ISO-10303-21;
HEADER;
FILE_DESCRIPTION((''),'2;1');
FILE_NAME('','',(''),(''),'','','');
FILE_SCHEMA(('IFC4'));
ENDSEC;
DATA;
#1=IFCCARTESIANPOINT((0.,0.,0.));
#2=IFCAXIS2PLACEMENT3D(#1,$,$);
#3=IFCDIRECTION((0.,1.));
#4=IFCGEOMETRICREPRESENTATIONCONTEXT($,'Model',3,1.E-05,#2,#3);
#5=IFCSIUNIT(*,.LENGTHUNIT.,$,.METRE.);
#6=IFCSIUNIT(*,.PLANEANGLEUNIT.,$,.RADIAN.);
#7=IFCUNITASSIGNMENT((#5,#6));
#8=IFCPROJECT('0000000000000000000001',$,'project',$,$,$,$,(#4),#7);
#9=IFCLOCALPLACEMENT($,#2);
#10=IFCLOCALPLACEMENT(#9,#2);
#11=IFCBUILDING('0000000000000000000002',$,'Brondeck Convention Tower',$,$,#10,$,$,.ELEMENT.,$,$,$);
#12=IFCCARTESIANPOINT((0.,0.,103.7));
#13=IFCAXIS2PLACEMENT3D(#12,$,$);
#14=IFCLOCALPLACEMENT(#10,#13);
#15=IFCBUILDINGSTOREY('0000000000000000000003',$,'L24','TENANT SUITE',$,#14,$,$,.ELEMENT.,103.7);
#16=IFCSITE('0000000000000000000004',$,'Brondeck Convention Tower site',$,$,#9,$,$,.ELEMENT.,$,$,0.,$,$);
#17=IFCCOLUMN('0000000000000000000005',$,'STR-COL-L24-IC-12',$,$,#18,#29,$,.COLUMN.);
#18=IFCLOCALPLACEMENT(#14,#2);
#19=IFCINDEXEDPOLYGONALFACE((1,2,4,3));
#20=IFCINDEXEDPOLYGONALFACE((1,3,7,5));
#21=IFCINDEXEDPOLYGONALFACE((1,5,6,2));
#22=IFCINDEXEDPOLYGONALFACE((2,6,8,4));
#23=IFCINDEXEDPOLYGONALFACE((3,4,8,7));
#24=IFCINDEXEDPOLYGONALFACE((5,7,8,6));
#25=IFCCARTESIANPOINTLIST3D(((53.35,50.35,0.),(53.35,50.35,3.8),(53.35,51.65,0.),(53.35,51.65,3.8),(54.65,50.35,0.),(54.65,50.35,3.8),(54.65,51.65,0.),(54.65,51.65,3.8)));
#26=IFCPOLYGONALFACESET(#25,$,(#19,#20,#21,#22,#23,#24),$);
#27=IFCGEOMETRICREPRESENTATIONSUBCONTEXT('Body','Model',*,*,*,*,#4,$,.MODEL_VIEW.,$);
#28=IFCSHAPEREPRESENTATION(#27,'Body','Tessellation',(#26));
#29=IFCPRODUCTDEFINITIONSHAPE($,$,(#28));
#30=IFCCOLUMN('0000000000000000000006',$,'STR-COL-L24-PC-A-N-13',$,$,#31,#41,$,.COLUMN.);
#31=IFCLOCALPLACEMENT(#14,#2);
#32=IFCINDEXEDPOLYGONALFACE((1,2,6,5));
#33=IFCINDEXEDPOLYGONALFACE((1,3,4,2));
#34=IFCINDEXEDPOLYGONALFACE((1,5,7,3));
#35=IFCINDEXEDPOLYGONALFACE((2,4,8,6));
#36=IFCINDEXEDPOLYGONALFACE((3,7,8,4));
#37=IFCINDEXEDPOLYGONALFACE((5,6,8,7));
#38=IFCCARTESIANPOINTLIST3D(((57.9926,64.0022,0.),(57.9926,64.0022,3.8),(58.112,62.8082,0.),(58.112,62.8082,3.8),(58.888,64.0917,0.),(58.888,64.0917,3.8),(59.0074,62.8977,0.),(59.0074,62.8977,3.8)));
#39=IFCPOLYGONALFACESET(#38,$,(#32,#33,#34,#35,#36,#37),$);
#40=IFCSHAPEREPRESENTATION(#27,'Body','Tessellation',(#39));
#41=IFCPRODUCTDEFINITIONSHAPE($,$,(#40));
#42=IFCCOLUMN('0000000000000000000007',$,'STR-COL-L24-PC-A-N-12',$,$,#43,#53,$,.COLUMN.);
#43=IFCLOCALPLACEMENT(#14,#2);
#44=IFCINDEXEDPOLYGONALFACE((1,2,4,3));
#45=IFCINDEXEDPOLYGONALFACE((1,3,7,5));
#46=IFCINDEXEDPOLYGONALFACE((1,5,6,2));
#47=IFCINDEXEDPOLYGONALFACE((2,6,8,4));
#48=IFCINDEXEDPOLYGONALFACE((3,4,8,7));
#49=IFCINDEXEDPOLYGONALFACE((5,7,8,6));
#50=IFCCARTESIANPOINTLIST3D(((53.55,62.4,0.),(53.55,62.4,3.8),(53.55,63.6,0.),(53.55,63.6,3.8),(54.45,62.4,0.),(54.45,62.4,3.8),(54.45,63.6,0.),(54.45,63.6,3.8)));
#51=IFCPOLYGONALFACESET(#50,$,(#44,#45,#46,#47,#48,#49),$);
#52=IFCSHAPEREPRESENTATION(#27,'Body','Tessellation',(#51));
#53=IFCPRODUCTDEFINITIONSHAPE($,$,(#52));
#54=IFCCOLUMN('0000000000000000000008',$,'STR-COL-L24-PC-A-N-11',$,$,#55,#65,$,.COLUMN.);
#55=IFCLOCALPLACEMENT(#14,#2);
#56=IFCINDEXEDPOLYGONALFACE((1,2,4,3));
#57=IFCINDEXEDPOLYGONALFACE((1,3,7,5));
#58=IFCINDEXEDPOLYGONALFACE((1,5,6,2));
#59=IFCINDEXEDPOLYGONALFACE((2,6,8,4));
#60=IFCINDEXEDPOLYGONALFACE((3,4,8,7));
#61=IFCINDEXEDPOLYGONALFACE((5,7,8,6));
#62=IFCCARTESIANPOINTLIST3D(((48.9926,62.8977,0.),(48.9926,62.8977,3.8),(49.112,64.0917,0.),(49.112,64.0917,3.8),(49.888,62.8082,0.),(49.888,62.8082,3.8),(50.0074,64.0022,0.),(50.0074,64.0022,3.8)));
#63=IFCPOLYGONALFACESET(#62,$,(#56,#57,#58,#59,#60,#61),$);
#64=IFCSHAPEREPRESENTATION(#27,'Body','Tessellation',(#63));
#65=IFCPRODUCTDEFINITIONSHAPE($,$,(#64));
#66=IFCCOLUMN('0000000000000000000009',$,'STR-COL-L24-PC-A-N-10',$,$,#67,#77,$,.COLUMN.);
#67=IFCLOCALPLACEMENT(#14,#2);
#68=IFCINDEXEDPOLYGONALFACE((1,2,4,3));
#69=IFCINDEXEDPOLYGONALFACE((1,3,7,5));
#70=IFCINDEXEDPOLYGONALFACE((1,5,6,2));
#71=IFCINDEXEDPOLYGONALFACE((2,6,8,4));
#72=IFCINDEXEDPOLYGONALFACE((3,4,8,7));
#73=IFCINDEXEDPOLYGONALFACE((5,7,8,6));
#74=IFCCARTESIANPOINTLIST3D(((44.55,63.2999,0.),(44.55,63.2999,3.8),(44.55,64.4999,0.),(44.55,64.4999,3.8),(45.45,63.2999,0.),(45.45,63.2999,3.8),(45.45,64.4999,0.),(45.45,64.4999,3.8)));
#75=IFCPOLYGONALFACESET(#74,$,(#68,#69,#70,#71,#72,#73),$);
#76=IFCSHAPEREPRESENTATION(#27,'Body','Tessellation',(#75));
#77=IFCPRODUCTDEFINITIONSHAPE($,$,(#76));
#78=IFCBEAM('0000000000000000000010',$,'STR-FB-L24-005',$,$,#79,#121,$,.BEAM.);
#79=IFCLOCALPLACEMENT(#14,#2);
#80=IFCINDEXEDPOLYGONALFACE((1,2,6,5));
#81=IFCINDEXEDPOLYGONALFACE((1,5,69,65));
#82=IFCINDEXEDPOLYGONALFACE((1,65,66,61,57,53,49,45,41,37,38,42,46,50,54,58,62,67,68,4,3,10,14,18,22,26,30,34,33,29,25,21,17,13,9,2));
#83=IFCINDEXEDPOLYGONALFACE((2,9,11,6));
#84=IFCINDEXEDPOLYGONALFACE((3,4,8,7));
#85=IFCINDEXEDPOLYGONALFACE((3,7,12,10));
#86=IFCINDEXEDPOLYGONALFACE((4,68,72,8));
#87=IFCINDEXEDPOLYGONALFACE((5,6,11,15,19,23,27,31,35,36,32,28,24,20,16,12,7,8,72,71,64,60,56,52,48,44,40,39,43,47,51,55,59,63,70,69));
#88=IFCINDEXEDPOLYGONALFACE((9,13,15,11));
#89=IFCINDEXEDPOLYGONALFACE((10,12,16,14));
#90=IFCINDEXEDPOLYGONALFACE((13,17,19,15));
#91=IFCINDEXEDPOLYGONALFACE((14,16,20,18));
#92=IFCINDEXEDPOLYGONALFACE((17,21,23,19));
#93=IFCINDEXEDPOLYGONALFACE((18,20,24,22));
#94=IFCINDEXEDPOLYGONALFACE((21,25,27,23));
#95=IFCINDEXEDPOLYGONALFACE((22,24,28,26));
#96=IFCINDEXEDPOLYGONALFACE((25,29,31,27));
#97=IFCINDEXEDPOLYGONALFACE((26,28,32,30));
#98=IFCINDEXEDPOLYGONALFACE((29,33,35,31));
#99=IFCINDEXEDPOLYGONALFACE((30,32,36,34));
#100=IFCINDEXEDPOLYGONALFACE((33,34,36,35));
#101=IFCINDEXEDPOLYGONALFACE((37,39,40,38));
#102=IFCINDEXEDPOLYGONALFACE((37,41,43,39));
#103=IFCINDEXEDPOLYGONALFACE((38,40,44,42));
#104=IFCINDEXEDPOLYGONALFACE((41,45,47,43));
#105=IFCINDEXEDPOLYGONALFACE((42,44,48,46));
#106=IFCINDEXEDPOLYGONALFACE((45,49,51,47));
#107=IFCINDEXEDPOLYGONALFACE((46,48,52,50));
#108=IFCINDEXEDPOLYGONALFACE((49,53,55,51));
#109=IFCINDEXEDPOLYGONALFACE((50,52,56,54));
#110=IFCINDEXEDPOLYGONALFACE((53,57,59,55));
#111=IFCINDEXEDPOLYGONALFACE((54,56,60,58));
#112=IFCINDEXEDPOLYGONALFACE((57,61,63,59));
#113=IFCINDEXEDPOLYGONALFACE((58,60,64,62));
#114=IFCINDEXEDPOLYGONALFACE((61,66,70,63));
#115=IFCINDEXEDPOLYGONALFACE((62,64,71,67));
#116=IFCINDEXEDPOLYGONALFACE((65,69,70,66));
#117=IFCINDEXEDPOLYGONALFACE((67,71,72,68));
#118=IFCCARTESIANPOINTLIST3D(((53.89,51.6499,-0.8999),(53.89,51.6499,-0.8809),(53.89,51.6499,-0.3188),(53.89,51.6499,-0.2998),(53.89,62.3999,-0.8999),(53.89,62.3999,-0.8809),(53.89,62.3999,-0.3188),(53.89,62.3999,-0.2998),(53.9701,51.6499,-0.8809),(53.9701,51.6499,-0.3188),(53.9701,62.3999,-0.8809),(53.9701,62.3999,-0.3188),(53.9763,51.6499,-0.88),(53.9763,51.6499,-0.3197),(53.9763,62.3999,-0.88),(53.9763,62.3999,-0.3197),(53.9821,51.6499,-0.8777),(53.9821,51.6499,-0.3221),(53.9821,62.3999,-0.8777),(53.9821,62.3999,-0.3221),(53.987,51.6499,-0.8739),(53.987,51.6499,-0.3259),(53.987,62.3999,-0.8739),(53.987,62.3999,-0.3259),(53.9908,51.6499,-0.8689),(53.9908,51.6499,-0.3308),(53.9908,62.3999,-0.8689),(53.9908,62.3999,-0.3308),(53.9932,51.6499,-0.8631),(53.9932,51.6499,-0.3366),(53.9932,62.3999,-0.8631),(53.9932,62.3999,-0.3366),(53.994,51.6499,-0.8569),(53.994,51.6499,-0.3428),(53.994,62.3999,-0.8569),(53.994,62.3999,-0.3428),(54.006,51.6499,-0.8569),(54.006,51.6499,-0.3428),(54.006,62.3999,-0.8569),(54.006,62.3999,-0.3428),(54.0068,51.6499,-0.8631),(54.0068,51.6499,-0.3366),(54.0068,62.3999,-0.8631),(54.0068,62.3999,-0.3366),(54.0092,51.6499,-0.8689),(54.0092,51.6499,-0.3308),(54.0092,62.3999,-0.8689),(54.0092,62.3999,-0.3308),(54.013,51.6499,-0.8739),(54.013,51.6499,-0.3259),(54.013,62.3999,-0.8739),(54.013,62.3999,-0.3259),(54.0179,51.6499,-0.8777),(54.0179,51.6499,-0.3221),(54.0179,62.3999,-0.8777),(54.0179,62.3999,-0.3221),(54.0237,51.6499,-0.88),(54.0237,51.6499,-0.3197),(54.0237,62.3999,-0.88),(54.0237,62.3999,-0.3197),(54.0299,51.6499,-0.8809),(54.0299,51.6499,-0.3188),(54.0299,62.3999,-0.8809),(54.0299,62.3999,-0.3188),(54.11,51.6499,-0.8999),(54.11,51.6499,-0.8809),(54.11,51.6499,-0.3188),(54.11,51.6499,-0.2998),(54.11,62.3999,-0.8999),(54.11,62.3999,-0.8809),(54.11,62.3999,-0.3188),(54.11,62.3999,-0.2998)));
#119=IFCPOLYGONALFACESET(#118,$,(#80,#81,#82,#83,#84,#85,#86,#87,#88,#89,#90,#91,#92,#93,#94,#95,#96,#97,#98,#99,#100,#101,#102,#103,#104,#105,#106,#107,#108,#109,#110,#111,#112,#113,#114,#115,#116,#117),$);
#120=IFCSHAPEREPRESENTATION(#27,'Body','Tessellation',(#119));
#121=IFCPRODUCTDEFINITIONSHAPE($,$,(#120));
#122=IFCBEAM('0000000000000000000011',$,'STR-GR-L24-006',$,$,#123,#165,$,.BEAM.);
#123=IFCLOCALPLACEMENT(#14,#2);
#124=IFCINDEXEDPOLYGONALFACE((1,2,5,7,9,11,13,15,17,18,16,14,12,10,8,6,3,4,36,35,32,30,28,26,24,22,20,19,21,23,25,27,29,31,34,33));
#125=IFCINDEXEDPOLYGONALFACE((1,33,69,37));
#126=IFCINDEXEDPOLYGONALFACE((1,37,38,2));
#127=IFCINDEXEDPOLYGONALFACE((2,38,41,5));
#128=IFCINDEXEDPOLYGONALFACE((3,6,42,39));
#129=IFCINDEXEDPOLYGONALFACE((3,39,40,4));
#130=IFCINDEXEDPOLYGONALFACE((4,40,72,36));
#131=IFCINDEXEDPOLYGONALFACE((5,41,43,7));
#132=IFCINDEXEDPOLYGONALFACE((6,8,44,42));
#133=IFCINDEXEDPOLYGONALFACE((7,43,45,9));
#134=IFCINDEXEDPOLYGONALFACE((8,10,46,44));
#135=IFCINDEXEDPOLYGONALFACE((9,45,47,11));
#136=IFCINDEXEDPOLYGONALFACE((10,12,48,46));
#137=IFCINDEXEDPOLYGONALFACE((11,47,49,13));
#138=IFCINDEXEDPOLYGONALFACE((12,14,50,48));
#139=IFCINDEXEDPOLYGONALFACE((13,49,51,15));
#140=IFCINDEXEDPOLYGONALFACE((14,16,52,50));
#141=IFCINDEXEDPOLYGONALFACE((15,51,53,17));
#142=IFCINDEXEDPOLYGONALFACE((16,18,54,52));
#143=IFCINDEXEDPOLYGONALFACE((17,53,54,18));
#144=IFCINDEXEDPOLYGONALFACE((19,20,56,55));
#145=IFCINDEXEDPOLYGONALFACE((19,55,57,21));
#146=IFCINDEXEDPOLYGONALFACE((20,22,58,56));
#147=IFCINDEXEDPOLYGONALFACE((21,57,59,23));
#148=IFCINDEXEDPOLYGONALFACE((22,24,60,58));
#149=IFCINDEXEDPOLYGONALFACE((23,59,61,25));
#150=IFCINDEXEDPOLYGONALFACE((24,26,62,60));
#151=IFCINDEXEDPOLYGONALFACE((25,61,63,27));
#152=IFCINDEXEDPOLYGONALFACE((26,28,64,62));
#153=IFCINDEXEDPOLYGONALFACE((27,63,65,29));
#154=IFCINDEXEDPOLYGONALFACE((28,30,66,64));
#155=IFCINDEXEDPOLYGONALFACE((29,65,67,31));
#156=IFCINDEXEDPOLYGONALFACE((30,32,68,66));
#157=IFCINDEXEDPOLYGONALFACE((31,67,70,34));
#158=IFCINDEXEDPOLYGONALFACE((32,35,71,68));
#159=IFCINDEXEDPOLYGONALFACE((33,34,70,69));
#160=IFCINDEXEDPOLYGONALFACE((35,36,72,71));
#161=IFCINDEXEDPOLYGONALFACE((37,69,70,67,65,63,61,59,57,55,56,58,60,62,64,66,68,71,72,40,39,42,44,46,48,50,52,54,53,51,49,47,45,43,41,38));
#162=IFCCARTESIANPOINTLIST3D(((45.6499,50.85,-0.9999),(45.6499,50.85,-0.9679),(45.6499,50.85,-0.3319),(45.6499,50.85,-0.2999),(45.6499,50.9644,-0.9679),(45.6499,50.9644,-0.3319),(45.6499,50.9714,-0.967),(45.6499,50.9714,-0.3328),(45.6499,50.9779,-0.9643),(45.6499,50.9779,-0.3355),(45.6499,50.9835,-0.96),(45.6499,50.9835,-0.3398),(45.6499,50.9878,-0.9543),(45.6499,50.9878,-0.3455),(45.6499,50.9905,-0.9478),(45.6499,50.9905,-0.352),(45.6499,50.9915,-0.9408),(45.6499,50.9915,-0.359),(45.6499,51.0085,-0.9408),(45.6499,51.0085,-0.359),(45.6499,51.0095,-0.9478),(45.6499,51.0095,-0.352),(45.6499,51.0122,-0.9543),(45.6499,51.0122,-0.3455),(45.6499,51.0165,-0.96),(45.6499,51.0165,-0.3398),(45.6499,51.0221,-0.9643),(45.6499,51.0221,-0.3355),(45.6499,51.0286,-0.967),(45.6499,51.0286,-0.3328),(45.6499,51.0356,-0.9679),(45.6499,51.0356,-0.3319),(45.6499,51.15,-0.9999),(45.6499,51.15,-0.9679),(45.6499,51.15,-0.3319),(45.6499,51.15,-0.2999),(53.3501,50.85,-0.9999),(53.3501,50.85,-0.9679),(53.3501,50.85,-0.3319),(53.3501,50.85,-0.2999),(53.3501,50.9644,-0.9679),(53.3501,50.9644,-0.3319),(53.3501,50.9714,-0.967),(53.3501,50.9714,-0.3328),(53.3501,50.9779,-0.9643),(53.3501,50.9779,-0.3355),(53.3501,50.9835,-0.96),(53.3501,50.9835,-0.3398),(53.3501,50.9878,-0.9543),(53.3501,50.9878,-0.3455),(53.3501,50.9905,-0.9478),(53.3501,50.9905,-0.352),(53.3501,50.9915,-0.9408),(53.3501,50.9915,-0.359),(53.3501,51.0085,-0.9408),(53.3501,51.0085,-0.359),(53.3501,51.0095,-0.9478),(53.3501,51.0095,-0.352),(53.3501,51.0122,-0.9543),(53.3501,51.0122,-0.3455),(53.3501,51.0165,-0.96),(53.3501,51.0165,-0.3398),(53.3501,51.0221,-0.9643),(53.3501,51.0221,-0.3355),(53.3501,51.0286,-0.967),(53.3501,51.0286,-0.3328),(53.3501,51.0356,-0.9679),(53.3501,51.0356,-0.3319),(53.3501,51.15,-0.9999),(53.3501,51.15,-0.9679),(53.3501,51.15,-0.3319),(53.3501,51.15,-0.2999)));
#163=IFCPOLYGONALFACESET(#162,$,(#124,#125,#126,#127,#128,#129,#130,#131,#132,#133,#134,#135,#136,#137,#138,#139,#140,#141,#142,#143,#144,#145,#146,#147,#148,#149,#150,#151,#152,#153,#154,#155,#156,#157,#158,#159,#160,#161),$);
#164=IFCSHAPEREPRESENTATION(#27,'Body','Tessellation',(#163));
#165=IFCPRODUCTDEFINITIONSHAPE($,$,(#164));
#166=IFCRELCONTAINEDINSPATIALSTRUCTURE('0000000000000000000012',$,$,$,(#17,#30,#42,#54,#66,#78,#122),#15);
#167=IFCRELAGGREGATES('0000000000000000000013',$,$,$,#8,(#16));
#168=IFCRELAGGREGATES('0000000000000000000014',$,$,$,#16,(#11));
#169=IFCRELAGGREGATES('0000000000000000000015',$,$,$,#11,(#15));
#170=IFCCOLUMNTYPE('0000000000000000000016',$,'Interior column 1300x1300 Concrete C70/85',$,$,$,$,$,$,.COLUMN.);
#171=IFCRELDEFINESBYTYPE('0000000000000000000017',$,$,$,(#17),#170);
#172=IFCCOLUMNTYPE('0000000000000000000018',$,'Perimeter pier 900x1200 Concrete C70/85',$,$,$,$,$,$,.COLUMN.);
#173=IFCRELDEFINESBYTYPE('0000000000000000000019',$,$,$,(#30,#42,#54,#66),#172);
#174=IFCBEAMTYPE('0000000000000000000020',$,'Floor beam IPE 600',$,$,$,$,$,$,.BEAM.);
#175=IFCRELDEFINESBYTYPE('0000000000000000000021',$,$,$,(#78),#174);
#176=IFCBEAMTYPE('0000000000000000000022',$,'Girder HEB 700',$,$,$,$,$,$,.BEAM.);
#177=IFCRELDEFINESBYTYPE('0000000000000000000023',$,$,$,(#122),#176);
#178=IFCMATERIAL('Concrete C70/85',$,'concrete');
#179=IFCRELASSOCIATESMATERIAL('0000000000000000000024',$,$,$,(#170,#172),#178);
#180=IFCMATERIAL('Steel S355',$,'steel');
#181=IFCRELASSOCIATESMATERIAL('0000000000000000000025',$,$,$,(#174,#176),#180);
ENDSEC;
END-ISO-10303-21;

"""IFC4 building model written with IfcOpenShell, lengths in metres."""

from ifc_helpers import new_model, si_unit, direction, frame, origin, origin_2d, place, context, subcontext, project, spatial, rectangle, i_section, extrude, material, material_profile, profile_set, type_object, element, save


model = new_model("IFC4")

# Units and contexts
model_context = context("Model", 3, precision=1e-05, world=origin(), true_north=direction((0.0, 1.0)))
body_context = subcontext(model_context, "Body", "Model", "MODEL_VIEW")
ifc_project = project(units=[si_unit("LENGTHUNIT", "METRE"), si_unit("PLANEANGLEUNIT", "RADIAN")], contexts=[model_context])

# Site, building, storey
site_placement = place(None, origin())
site = spatial("IfcSite", under=ifc_project, at=site_placement, Name="Brondeck Convention Tower site", CompositionType="ELEMENT", RefElevation=0.0)
building_placement = place(site_placement, origin())
building = spatial("IfcBuilding", under=site, at=building_placement, Name="Brondeck Convention Tower", CompositionType="ELEMENT")
storey_placement = place(building_placement, frame((0.0, 0.0, 103.7)))
storey = spatial("IfcBuildingStorey", under=building, at=storey_placement, Name="L24", Description="TENANT SUITE", CompositionType="ELEMENT", Elevation=103.7)

# Columns
ifc_material_1 = material(Name="Concrete C70/85", Category="concrete")
ifc_material_profile_1 = material_profile(ifc_material_1, rectangle(XDim=1.3, YDim=1.3, at=origin_2d()), Name="Interior column 1300x1300 Concrete C70/85")
ifc_profile_set_1 = profile_set([ifc_material_profile_1], Name="Concrete C70/85")
column_type_1 = type_object("IfcColumnType", Name="Interior column 1300x1300 Concrete C70/85", PredefinedType="COLUMN", material=ifc_profile_set_1)
column_placement = place(storey_placement, frame((54.0, 51.0, 0.0), z_axis=(0.0, 0.0, 1.0), x_axis=(1.0, 0.0, 0.0)))
element("IfcColumn", 1, at=column_placement, inside=storey, type_object=column_type_1, Name="STR-COL-L24-IC-12", PredefinedType="COLUMN", context=body_context, shape_type="SweptSolid", body=[
    extrude(rectangle(XDim=1.3, YDim=1.3, at=origin_2d()), origin(), (0.0, 0.0, 1.0), 3.8),
])
ifc_material_profile_2 = material_profile(ifc_material_1, rectangle(XDim=0.8999, YDim=1.2, at=origin_2d()), Name="Perimeter pier 900x1200 Concrete C70/85")
ifc_profile_set_2 = profile_set([ifc_material_profile_2], Name="Concrete C70/85")
column_type_2 = type_object("IfcColumnType", Name="Perimeter pier 900x1200 Concrete C70/85", PredefinedType="COLUMN", material=ifc_profile_set_2)
for number, where, z_axis, x_axis, name in (
    (2, (58.5, 63.45, 0.0), (0.0, 0.0, 1.0), (-0.995037, -0.099504, 0.0), "STR-COL-L24-PC-A-N-13"),
    (3, (54.0, 63.0, 0.0), (0.0, 0.0, 1.0), (-1.0, 0.0, 0.0), "STR-COL-L24-PC-A-N-12"),
    (4, (49.5, 63.45, 0.0), (0.0, 0.0, 1.0), (-0.995037, 0.099504, 0.0), "STR-COL-L24-PC-A-N-11"),
    (5, (45.0, 63.8999, 0.0), (0.0, 0.0, 1.0), (-1.0, 0.0, 0.0), "STR-COL-L24-PC-A-N-10"),
):
    element("IfcColumn", number, at=place(storey_placement, frame(where, z_axis=z_axis, x_axis=x_axis)), inside=storey, type_object=column_type_2, Name=name, PredefinedType="COLUMN", context=body_context, shape_type="SweptSolid", body=[
        extrude(rectangle(XDim=0.8999, YDim=1.2, at=origin_2d()), origin(), (0.0, 0.0, 1.0), 3.8),
    ])

# Beams
ifc_material_2 = material(Name="Steel S355", Category="steel")
ifc_material_profile_3 = material_profile(ifc_material_2, i_section(OverallWidth=0.22, OverallDepth=0.6001, WebThickness=0.012, FlangeThickness=0.019, FilletRadius=0.0239, at=origin_2d()), Name="IPE 600")
ifc_profile_set_3 = profile_set([ifc_material_profile_3], Name="Steel S355")
beam_type_1 = type_object("IfcBeamType", Name="Floor beam IPE 600", PredefinedType="BEAM", material=ifc_profile_set_3)
beam_placement = place(storey_placement, frame((54.0, 51.6499, -0.5999), z_axis=(0.0, 1.0, 0.0), x_axis=(-1.0, 0.0, 0.0)))
element("IfcBeam", 6, at=beam_placement, inside=storey, type_object=beam_type_1, Name="STR-FB-L24-005", PredefinedType="BEAM", context=body_context, shape_type="SweptSolid", body=[
    extrude(i_section(OverallWidth=0.22, OverallDepth=0.6001, WebThickness=0.012, FlangeThickness=0.019, FilletRadius=0.0239, at=origin_2d()), origin(), (0.0, 0.0, 1.0), 10.75),
])
ifc_material_profile_4 = material_profile(ifc_material_2, i_section(OverallWidth=0.3, OverallDepth=0.7, WebThickness=0.0171, FlangeThickness=0.032, FilletRadius=0.0271, at=origin_2d()), Name="HEB 700")
ifc_profile_set_4 = profile_set([ifc_material_profile_4], Name="Steel S355")
beam_type_2 = type_object("IfcBeamType", Name="Girder HEB 700", PredefinedType="BEAM", material=ifc_profile_set_4)
for number, where, z_axis, x_axis, name in (
    (7, (45.6499, 51.0, -0.6499), (1.0, 0.0, 0.0), (0.0, 1.0, 0.0), "STR-GR-L24-006"),
):
    element("IfcBeam", number, at=place(storey_placement, frame(where, z_axis=z_axis, x_axis=x_axis)), inside=storey, type_object=beam_type_2, Name=name, PredefinedType="BEAM", context=body_context, shape_type="SweptSolid", body=[
        extrude(i_section(OverallWidth=0.3, OverallDepth=0.7, WebThickness=0.0171, FlangeThickness=0.032, FilletRadius=0.0271, at=origin_2d()), origin(), (0.0, 0.0, 1.0), 7.7002),
    ])

save(model, "model.ifc")
